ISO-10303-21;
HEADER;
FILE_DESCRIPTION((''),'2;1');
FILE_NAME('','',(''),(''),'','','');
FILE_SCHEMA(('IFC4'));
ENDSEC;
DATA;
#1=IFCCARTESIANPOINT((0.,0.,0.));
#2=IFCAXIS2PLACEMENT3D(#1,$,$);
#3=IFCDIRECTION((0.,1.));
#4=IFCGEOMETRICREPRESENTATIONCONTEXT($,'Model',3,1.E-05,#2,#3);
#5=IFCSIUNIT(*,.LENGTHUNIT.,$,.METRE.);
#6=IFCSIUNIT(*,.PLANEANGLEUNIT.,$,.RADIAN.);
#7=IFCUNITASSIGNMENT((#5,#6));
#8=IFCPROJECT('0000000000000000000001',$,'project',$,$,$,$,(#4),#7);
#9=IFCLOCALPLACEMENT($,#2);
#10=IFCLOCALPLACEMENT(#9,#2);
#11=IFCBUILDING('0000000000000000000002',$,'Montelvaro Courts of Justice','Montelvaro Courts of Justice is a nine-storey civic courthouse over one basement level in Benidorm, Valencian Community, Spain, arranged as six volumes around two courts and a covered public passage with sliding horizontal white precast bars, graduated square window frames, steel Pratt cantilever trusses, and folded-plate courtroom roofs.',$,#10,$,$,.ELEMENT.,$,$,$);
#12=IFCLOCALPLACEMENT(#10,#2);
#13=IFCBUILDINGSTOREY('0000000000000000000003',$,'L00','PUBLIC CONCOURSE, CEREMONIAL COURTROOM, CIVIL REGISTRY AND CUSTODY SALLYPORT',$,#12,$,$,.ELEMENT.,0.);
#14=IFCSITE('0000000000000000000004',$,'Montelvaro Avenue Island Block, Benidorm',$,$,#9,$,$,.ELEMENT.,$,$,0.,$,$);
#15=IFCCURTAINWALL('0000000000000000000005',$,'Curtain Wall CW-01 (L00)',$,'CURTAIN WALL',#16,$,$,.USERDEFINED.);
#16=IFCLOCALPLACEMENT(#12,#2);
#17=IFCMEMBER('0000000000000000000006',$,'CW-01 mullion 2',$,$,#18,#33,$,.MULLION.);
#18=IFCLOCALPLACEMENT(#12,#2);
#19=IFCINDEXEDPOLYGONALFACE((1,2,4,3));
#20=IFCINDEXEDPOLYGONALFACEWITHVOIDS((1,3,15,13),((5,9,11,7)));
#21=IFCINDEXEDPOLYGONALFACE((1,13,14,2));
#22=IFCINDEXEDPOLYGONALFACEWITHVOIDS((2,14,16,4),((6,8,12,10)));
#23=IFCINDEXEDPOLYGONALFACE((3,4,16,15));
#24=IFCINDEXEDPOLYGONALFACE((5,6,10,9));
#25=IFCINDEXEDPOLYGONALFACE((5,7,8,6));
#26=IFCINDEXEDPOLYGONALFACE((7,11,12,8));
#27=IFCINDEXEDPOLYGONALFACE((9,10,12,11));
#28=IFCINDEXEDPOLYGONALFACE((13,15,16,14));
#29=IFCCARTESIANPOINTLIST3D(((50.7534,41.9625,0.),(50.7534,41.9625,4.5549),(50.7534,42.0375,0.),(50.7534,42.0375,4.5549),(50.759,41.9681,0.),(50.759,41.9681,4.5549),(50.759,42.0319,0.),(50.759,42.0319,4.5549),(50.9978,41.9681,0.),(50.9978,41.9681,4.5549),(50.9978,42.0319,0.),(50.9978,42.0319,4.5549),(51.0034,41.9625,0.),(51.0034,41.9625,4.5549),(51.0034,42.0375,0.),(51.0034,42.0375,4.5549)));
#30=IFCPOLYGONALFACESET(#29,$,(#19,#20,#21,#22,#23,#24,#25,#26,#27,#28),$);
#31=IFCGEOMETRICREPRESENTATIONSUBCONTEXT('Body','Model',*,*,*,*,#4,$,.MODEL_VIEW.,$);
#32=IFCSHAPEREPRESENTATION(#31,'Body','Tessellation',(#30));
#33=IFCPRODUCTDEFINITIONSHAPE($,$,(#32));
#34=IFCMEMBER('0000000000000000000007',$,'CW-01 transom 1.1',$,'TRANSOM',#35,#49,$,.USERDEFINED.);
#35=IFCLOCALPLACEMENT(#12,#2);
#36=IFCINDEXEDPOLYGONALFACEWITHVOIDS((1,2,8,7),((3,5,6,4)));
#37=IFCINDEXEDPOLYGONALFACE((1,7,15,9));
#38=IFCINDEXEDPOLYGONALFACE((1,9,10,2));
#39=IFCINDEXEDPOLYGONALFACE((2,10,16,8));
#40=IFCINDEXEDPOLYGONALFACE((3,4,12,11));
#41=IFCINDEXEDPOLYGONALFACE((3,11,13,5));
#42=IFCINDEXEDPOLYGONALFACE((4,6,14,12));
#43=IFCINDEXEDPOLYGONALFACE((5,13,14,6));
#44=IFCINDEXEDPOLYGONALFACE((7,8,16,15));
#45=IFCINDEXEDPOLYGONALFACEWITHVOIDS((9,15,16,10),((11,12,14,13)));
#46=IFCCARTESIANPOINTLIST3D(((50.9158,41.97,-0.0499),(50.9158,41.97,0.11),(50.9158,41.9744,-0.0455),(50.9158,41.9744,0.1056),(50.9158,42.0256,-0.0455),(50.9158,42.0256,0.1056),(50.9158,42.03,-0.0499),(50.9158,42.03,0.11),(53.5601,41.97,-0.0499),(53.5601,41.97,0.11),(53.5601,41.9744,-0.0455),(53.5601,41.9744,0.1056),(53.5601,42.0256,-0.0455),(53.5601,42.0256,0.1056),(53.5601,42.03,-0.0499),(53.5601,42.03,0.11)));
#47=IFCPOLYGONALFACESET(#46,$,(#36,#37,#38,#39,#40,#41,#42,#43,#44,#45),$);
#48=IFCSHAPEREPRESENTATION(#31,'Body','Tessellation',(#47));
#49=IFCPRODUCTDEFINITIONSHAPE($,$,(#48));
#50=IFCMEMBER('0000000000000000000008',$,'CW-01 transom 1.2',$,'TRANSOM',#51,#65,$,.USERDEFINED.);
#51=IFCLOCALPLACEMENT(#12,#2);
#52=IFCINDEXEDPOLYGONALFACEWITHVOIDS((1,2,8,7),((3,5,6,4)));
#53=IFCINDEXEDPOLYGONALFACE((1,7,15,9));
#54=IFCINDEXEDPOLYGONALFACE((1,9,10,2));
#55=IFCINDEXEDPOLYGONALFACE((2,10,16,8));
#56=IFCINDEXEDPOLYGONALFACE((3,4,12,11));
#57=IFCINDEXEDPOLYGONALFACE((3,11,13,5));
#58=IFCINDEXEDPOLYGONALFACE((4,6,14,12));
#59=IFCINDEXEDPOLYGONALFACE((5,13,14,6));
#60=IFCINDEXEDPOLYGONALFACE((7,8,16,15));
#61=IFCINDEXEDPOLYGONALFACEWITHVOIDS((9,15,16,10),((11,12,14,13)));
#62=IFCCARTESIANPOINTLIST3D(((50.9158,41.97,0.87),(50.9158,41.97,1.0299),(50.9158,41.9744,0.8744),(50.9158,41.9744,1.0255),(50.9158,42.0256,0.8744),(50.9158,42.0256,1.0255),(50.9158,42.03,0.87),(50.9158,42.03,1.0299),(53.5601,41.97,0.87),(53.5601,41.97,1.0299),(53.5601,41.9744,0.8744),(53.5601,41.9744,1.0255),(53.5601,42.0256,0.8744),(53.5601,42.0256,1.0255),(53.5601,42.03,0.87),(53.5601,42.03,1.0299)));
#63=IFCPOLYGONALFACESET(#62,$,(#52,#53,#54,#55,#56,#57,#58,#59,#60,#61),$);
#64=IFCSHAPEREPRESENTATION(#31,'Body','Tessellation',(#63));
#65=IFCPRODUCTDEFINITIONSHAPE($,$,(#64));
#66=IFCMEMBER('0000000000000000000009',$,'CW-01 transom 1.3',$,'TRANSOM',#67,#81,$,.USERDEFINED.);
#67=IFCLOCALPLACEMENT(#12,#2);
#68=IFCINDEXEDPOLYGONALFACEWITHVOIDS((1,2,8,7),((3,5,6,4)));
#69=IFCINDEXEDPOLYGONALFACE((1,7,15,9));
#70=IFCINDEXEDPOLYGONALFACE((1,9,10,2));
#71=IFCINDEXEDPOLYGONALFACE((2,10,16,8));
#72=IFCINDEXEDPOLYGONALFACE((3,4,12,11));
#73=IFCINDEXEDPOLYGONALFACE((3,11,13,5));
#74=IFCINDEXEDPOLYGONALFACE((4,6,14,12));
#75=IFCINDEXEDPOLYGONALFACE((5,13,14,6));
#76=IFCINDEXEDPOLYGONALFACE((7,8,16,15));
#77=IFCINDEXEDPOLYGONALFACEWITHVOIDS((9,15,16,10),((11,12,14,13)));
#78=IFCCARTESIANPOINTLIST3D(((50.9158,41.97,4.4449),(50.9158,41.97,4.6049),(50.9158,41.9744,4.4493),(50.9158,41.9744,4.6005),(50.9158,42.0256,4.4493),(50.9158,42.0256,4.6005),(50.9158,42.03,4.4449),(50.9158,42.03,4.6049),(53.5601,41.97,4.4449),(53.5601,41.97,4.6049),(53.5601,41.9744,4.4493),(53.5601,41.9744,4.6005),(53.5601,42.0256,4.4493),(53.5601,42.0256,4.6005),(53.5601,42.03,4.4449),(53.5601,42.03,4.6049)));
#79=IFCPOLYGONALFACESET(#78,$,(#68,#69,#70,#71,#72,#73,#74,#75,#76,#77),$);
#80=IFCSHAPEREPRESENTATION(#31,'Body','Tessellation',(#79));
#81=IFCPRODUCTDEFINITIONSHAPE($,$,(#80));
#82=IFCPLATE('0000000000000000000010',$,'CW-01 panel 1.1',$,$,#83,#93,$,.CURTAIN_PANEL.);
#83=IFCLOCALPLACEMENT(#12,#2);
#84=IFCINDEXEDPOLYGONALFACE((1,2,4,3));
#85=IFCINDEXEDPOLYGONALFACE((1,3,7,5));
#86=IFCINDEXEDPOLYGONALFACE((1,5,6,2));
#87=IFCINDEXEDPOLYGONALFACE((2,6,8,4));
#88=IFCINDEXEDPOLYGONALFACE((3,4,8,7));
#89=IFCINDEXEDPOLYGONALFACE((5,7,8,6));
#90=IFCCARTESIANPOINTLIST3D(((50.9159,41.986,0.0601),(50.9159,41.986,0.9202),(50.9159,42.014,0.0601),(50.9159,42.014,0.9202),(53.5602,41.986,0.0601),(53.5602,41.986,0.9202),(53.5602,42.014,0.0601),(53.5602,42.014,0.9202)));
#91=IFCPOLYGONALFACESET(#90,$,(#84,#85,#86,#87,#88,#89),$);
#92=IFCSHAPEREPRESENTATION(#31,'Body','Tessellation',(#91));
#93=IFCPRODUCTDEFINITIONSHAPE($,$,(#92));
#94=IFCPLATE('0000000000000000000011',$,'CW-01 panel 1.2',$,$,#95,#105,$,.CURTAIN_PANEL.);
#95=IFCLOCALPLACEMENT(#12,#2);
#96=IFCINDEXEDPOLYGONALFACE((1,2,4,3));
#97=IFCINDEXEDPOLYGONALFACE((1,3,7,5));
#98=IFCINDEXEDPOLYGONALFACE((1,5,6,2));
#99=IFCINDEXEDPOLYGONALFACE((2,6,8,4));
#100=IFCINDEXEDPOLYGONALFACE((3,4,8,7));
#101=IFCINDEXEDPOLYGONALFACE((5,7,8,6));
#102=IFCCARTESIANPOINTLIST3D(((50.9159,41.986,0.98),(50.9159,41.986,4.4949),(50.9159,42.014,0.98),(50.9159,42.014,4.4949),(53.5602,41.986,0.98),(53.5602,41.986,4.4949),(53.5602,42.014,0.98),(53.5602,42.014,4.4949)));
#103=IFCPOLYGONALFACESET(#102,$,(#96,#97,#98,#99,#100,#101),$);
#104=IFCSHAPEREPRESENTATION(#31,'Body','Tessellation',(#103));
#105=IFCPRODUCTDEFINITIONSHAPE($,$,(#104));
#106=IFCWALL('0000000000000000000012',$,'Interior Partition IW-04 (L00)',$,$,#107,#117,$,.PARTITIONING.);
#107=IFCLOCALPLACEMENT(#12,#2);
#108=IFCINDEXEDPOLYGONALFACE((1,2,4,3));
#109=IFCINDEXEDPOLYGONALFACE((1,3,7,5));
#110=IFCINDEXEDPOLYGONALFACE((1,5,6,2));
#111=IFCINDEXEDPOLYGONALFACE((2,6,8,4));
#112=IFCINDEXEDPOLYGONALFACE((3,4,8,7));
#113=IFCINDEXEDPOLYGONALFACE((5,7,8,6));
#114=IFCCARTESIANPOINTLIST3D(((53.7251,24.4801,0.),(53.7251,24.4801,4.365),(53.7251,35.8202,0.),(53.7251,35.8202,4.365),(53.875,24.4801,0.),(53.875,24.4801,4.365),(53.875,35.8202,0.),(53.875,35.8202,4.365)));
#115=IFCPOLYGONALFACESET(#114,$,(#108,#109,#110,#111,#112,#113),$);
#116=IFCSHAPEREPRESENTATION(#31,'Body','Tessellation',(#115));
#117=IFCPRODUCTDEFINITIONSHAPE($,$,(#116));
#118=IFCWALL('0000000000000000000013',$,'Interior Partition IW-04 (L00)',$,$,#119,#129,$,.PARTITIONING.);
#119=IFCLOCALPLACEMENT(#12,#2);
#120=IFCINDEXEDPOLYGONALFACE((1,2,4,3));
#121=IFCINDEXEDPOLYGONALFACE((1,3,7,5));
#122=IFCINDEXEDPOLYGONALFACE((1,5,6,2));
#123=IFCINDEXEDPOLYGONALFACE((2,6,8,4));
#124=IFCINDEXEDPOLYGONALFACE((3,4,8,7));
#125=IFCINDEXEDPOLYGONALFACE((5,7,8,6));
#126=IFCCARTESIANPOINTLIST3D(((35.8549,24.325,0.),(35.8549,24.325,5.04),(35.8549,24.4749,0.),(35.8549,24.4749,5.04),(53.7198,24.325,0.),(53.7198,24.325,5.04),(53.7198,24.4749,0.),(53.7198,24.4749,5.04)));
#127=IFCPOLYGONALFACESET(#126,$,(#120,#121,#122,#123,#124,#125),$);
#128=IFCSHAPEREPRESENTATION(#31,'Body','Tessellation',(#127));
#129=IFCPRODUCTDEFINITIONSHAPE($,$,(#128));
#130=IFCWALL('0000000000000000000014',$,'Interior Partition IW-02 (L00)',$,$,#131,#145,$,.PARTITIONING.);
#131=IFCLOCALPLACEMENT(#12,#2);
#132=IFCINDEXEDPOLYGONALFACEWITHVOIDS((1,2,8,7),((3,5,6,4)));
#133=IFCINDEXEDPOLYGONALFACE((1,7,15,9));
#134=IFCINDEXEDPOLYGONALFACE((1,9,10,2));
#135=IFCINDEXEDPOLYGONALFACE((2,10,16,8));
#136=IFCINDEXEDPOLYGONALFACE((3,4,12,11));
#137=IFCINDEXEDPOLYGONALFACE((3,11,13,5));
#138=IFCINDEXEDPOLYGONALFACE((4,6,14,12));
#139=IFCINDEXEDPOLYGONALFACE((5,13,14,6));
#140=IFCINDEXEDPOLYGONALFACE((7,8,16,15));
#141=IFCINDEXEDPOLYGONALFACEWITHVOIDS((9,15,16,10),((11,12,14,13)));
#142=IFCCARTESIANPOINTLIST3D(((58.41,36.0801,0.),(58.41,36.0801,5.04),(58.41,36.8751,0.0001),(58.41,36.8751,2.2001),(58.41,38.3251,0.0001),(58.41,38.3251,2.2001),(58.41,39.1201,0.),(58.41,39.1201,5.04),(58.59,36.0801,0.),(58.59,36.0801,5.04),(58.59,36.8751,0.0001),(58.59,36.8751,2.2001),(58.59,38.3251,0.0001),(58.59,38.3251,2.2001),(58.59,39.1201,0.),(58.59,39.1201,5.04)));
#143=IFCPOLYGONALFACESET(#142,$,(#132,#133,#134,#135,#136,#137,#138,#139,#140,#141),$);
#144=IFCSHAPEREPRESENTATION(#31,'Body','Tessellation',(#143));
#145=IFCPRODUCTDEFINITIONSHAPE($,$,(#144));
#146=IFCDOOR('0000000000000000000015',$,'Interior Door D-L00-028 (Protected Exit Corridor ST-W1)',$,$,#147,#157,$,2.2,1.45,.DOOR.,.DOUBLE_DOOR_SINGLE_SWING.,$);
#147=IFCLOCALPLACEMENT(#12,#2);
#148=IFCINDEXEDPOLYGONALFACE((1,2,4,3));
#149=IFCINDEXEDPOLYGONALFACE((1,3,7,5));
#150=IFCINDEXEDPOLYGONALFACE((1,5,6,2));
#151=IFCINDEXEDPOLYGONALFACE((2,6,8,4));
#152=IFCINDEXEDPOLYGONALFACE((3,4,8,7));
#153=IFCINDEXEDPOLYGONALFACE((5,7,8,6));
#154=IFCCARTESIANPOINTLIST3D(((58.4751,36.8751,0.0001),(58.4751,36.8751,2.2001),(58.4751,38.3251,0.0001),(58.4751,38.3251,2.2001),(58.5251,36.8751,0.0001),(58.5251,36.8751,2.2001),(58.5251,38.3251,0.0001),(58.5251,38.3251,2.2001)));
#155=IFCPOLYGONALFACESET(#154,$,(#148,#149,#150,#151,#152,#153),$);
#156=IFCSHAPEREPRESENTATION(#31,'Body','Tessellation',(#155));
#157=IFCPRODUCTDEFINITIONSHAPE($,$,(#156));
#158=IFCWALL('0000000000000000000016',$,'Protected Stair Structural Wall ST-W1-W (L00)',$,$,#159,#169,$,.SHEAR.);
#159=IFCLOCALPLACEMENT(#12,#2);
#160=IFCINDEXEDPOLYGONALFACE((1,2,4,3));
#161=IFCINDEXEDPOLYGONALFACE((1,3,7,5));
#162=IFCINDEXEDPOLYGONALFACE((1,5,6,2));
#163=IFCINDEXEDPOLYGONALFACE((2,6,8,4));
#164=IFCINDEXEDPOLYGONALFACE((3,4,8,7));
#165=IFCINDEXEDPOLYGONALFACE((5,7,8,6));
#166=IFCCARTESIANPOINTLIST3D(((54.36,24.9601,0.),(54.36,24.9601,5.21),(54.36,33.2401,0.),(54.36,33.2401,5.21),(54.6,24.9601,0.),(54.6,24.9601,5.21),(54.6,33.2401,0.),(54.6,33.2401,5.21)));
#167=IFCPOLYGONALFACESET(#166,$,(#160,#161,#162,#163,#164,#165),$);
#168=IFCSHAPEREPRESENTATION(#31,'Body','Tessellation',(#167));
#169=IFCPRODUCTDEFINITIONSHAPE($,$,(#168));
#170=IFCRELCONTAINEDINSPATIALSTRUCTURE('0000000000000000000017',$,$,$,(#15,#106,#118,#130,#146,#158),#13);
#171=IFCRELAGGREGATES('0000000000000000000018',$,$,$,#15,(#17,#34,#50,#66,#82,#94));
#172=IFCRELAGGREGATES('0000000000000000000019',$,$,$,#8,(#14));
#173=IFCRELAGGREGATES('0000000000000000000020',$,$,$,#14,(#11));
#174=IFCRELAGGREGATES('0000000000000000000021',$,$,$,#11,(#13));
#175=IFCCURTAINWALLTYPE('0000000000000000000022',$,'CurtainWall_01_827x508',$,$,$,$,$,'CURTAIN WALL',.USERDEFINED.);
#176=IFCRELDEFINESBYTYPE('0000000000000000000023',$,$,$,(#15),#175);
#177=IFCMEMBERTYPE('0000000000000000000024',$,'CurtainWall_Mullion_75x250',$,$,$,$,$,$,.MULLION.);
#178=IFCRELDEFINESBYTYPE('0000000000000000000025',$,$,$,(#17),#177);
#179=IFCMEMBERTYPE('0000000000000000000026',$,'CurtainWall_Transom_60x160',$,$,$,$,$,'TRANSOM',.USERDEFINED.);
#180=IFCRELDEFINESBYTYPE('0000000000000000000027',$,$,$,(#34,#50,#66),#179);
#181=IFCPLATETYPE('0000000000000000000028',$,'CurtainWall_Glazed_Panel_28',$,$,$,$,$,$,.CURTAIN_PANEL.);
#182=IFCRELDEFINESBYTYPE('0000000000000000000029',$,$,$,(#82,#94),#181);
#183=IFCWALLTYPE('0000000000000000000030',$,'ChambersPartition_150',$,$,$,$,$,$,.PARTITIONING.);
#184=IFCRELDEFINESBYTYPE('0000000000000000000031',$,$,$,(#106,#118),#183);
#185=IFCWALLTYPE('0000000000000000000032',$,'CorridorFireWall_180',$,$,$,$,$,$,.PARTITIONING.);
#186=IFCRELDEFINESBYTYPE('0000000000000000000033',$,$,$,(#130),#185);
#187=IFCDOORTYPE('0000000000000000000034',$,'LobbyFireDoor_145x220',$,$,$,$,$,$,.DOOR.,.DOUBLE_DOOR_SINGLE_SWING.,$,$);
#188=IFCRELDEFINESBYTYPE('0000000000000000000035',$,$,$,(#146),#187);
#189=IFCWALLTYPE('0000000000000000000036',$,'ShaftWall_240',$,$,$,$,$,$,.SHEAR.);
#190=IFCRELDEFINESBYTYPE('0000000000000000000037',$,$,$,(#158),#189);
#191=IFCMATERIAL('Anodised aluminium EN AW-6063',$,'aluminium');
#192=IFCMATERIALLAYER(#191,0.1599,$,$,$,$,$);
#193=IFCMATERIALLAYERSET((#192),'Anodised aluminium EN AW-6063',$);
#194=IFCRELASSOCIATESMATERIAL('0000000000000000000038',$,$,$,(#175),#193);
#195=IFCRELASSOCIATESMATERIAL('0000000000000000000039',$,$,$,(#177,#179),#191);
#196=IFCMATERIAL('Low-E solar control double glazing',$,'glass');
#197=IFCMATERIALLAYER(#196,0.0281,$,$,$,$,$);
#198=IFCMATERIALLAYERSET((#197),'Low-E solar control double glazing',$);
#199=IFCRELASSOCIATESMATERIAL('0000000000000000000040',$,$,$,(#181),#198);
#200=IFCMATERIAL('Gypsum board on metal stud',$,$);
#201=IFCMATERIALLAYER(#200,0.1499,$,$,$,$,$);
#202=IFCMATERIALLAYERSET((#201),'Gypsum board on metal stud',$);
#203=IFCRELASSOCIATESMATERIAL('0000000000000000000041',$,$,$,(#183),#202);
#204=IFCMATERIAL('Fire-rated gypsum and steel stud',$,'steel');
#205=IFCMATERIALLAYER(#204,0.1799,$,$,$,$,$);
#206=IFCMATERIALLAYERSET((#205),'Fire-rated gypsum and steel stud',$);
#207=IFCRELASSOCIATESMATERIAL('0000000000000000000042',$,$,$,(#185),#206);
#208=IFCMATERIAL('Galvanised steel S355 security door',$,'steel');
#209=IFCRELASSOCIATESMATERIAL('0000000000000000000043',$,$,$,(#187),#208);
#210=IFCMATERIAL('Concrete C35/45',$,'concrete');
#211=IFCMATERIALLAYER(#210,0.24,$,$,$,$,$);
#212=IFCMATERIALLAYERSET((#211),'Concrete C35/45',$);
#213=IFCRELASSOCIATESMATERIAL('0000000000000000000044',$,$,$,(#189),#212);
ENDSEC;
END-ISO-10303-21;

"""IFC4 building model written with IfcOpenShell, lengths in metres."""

from ifc_helpers import new_model, si_unit, direction, frame, frame_2d, origin, origin_2d, place, context, subcontext, project, spatial, rectangle, hollow_rectangle, extrude, material, layer, layer_set, material_profile, profile_set, type_object, element, fill, aggregate, save


model = new_model("IFC4")

# Units and contexts
model_context = context("Model", 3, precision=1e-05, world=origin(), true_north=direction((0.0, 1.0)))
body_context = subcontext(model_context, "Body", "Model", "MODEL_VIEW")
ifc_project = project(units=[si_unit("LENGTHUNIT", "METRE"), si_unit("PLANEANGLEUNIT", "RADIAN")], contexts=[model_context])

# Site, building, storey
site_placement = place(None, origin())
site = spatial("IfcSite", under=ifc_project, at=site_placement, Name="Montelvaro Avenue Island Block, Benidorm", CompositionType="ELEMENT", RefElevation=0.0)
building_placement = place(site_placement, origin())
building = spatial("IfcBuilding", under=site, at=building_placement, Name="Montelvaro Courts of Justice", Description="Montelvaro Courts of Justice is a nine-storey civic courthouse over one basement level in Benidorm, Valencian Community, Spain, arranged as six volumes around two courts and a covered public passage with sliding horizontal white precast bars, graduated square window frames, steel Pratt cantilever trusses, and folded-plate courtroom roofs.", CompositionType="ELEMENT")
storey_placement = place(building_placement, origin())
storey = spatial("IfcBuildingStorey", under=building, at=storey_placement, Name="L00", Description="PUBLIC CONCOURSE, CEREMONIAL COURTROOM, CIVIL REGISTRY AND CUSTODY SALLYPORT", CompositionType="ELEMENT", Elevation=0.0)

# Curtain wall, members, plates
ifc_material_1 = material(Name="Anodised aluminium EN AW-6063", Category="aluminium")
ifc_layer_1 = layer(ifc_material_1, 0.1599)
ifc_layer_set_1 = layer_set([ifc_layer_1], Name="Anodised aluminium EN AW-6063")
curtain_wall_type = type_object("IfcCurtainWallType", Name="CurtainWall_01_827x508", ElementType="CURTAIN WALL", PredefinedType="USERDEFINED", material=ifc_layer_set_1)
curtain_wall_placement = place(storey_placement, origin())
curtain_wall = element("IfcCurtainWall", 1, at=curtain_wall_placement, inside=storey, type_object=curtain_wall_type, Name="Curtain Wall CW-01 (L00)", ObjectType="CURTAIN WALL", PredefinedType="USERDEFINED")
ifc_material_profile_1 = material_profile(ifc_material_1, hollow_rectangle(XDim=0.075, YDim=0.25, WallThickness=0.0056, at=origin_2d()), Name="ALU-M 75x250")
ifc_profile_set_1 = profile_set([ifc_material_profile_1], Name="Anodised aluminium EN AW-6063")
member_type_1 = type_object("IfcMemberType", Name="CurtainWall_Mullion_75x250", PredefinedType="MULLION", material=ifc_profile_set_1)
member_1_placement = place(storey_placement, frame((50.8784, 42.0, 0.0), z_axis=(0.0, 0.0, 1.0), x_axis=(0.0, -1.0, 0.0)))
member_1 = element("IfcMember", 2, at=member_1_placement, type_object=member_type_1, Name="CW-01 mullion 2", PredefinedType="MULLION", context=body_context, shape_type="SweptSolid", body=[
    extrude(hollow_rectangle(XDim=0.075, YDim=0.25, WallThickness=0.0056, at=origin_2d()), origin(), (0.0, 0.0, 1.0), 4.5549),
])
ifc_material_profile_2 = material_profile(ifc_material_1, hollow_rectangle(XDim=0.0601, YDim=0.1599, WallThickness=0.0044, at=origin_2d()), Name="ALU-T 60x160")
ifc_profile_set_2 = profile_set([ifc_material_profile_2], Name="Anodised aluminium EN AW-6063")
member_type_2 = type_object("IfcMemberType", Name="CurtainWall_Transom_60x160", ElementType="TRANSOM", PredefinedType="USERDEFINED", material=ifc_profile_set_2)
member_2_placement = place(storey_placement, frame((53.5601, 42.0, 0.03), z_axis=(-1.0, 0.0, 0.0), x_axis=(0.0, -1.0, 0.0)))
member_2 = element("IfcMember", 3, at=member_2_placement, type_object=member_type_2, Name="CW-01 transom 1.1", ObjectType="TRANSOM", PredefinedType="USERDEFINED", context=body_context, shape_type="SweptSolid", body=[
    extrude(hollow_rectangle(XDim=0.0601, YDim=0.1599, WallThickness=0.0044, at=origin_2d()), origin(), (0.0, 0.0, 1.0), 2.6443),
])
member_3_placement = place(storey_placement, frame((53.5601, 42.0, 0.95), z_axis=(-1.0, 0.0, 0.0), x_axis=(0.0, -1.0, 0.0)))
member_3 = element("IfcMember", 4, at=member_3_placement, type_object=member_type_2, Name="CW-01 transom 1.2", ObjectType="TRANSOM", PredefinedType="USERDEFINED", context=body_context, shape_type="SweptSolid", body=[
    extrude(hollow_rectangle(XDim=0.0601, YDim=0.1599, WallThickness=0.0044, at=origin_2d()), origin(), (0.0, 0.0, 1.0), 2.6443),
])
member_4_placement = place(storey_placement, frame((53.5601, 42.0, 4.5249), z_axis=(-1.0, 0.0, 0.0), x_axis=(0.0, -1.0, 0.0)))
member_4 = element("IfcMember", 5, at=member_4_placement, type_object=member_type_2, Name="CW-01 transom 1.3", ObjectType="TRANSOM", PredefinedType="USERDEFINED", context=body_context, shape_type="SweptSolid", body=[
    extrude(hollow_rectangle(XDim=0.0601, YDim=0.1599, WallThickness=0.0044, at=origin_2d()), origin(), (0.0, 0.0, 1.0), 2.6443),
])
ifc_material_2 = material(Name="Low-E solar control double glazing", Category="glass")
ifc_layer_2 = layer(ifc_material_2, 0.0281)
ifc_layer_set_2 = layer_set([ifc_layer_2], Name="Low-E solar control double glazing")
plate_type = type_object("IfcPlateType", Name="CurtainWall_Glazed_Panel_28", PredefinedType="CURTAIN_PANEL", material=ifc_layer_set_2)
plate_1_placement = place(storey_placement, frame((52.238, 42.0, 0.0601), z_axis=(0.0, 0.0, 1.0), x_axis=(-1.0, 0.0, 0.0)))
plate_1 = element("IfcPlate", 6, at=plate_1_placement, type_object=plate_type, Name="CW-01 panel 1.1", PredefinedType="CURTAIN_PANEL", context=body_context, shape_type="SweptSolid", body=[
    extrude(rectangle(XDim=2.6443, YDim=0.0281, at=origin_2d()), origin(), (0.0, 0.0, 1.0), 0.8601),
])
plate_2_placement = place(storey_placement, frame((52.238, 42.0, 0.98), z_axis=(0.0, 0.0, 1.0), x_axis=(-1.0, 0.0, 0.0)))
plate_2 = element("IfcPlate", 7, at=plate_2_placement, type_object=plate_type, Name="CW-01 panel 1.2", PredefinedType="CURTAIN_PANEL", context=body_context, shape_type="SweptSolid", body=[
    extrude(rectangle(XDim=2.6443, YDim=0.0281, at=origin_2d()), origin(), (0.0, 0.0, 1.0), 3.5149),
])
aggregate(curtain_wall, [member_1, member_2, member_3, member_4, plate_1, plate_2])

# Walls
ifc_material_3 = material(Name="Gypsum board on metal stud")
ifc_layer_3 = layer(ifc_material_3, 0.1499)
ifc_layer_set_3 = layer_set([ifc_layer_3], Name="Gypsum board on metal stud")
wall_type_1 = type_object("IfcWallType", Name="ChambersPartition_150", PredefinedType="PARTITIONING", material=ifc_layer_set_3)
wall_1_placement = place(storey_placement, frame((53.8, 35.8201, 0.0), z_axis=(0.0, 0.0, 1.0), x_axis=(0.0, -1.0, 0.0)))
element("IfcWall", 8, at=wall_1_placement, inside=storey, type_object=wall_type_1, Name="Interior Partition IW-04 (L00)", PredefinedType="PARTITIONING", context=body_context, shape_type="SweptSolid", body=[
    extrude(rectangle(XDim=11.3401, YDim=0.1499, at=frame_2d((5.6699, 0.0))), origin(), (0.0, 0.0, 1.0), 4.365),
])
wall_2_placement = place(storey_placement, frame((53.72, 24.3999, 0.0), z_axis=(0.0, 0.0, 1.0), x_axis=(-1.0, 0.0, 0.0)))
element("IfcWall", 9, at=wall_2_placement, inside=storey, type_object=wall_type_1, Name="Interior Partition IW-04 (L00)", PredefinedType="PARTITIONING", context=body_context, shape_type="SweptSolid", body=[
    extrude(rectangle(XDim=17.865, YDim=0.1499, at=frame_2d((8.9326, 0.0))), origin(), (0.0, 0.0, 1.0), 5.04),
])

# Wall, opening, door
ifc_material_4 = material(Name="Fire-rated gypsum and steel stud", Category="steel")
ifc_layer_4 = layer(ifc_material_4, 0.1799)
ifc_layer_set_4 = layer_set([ifc_layer_4], Name="Fire-rated gypsum and steel stud")
wall_type_2 = type_object("IfcWallType", Name="CorridorFireWall_180", PredefinedType="PARTITIONING", material=ifc_layer_set_4)
wall_3_placement = place(storey_placement, frame((58.5, 36.0801, 0.0), z_axis=(0.0, 0.0, 1.0), x_axis=(0.0, 1.0, 0.0)))
wall_3 = element("IfcWall", 10, at=wall_3_placement, inside=storey, type_object=wall_type_2, Name="Interior Partition IW-02 (L00)", PredefinedType="PARTITIONING", context=body_context, shape_type="SweptSolid", body=[
    extrude(rectangle(XDim=3.04, YDim=0.1799, at=frame_2d((1.52, 0.0))), origin(), (0.0, 0.0, 1.0), 5.04),
])
opening_1_placement = place(wall_3_placement, frame((0.7949, 0.0, 0.0)))
opening_1 = element("IfcOpeningElement", 11, at=opening_1_placement, cuts=wall_3, PredefinedType="OPENING", context=body_context, shape_type="SweptSolid", body=[
    extrude(rectangle(XDim=1.45, YDim=2.2, at=frame_2d((0.7251, 1.1001))), frame((0.0, 0.105, 0.0), z_axis=(0.0, -1.0, 0.0), x_axis=(1.0, 0.0, 0.0)), (0.0, 0.0, 1.0), 0.2097),
])
ifc_material_5 = material(Name="Galvanised steel S355 security door", Category="steel")
door_type_1 = type_object("IfcDoorType", Name="LobbyFireDoor_145x220", OperationType="DOUBLE_DOOR_SINGLE_SWING", PredefinedType="DOOR", material=ifc_material_5)
door_1_placement = place(opening_1_placement, origin())
door_1 = element("IfcDoor", 12, at=door_1_placement, inside=storey, type_object=door_type_1, Name="Interior Door D-L00-028 (Protected Exit Corridor ST-W1)", OperationType="DOUBLE_DOOR_SINGLE_SWING", OverallHeight=2.2, OverallWidth=1.45, PredefinedType="DOOR", context=body_context, shape_type="SweptSolid", body=[
    extrude(rectangle(XDim=1.45, YDim=2.2, at=frame_2d((0.7251, 1.1001))), frame((0.0, 0.0249, 0.0), z_axis=(0.0, -1.0, 0.0), x_axis=(1.0, 0.0, 0.0)), (0.0, 0.0, 1.0), 0.05),
])
fill(opening_1, door_1)

# Wall
ifc_material_6 = material(Name="Concrete C35/45", Category="concrete")
ifc_layer_5 = layer(ifc_material_6, 0.24)
ifc_layer_set_5 = layer_set([ifc_layer_5], Name="Concrete C35/45")
wall_type_3 = type_object("IfcWallType", Name="ShaftWall_240", PredefinedType="SHEAR", material=ifc_layer_set_5)
wall_4_placement = place(storey_placement, frame((54.48, 24.96, 0.0), z_axis=(0.0, 0.0, 1.0), x_axis=(0.0, 1.0, 0.0)))
element("IfcWall", 13, at=wall_4_placement, inside=storey, type_object=wall_type_3, Name="Protected Stair Structural Wall ST-W1-W (L00)", PredefinedType="SHEAR", context=body_context, shape_type="SweptSolid", body=[
    extrude(rectangle(XDim=8.28, YDim=0.24, at=frame_2d((4.1401, 0.0))), origin(), (0.0, 0.0, 1.0), 5.21),
])

save(model, "model.ifc")
